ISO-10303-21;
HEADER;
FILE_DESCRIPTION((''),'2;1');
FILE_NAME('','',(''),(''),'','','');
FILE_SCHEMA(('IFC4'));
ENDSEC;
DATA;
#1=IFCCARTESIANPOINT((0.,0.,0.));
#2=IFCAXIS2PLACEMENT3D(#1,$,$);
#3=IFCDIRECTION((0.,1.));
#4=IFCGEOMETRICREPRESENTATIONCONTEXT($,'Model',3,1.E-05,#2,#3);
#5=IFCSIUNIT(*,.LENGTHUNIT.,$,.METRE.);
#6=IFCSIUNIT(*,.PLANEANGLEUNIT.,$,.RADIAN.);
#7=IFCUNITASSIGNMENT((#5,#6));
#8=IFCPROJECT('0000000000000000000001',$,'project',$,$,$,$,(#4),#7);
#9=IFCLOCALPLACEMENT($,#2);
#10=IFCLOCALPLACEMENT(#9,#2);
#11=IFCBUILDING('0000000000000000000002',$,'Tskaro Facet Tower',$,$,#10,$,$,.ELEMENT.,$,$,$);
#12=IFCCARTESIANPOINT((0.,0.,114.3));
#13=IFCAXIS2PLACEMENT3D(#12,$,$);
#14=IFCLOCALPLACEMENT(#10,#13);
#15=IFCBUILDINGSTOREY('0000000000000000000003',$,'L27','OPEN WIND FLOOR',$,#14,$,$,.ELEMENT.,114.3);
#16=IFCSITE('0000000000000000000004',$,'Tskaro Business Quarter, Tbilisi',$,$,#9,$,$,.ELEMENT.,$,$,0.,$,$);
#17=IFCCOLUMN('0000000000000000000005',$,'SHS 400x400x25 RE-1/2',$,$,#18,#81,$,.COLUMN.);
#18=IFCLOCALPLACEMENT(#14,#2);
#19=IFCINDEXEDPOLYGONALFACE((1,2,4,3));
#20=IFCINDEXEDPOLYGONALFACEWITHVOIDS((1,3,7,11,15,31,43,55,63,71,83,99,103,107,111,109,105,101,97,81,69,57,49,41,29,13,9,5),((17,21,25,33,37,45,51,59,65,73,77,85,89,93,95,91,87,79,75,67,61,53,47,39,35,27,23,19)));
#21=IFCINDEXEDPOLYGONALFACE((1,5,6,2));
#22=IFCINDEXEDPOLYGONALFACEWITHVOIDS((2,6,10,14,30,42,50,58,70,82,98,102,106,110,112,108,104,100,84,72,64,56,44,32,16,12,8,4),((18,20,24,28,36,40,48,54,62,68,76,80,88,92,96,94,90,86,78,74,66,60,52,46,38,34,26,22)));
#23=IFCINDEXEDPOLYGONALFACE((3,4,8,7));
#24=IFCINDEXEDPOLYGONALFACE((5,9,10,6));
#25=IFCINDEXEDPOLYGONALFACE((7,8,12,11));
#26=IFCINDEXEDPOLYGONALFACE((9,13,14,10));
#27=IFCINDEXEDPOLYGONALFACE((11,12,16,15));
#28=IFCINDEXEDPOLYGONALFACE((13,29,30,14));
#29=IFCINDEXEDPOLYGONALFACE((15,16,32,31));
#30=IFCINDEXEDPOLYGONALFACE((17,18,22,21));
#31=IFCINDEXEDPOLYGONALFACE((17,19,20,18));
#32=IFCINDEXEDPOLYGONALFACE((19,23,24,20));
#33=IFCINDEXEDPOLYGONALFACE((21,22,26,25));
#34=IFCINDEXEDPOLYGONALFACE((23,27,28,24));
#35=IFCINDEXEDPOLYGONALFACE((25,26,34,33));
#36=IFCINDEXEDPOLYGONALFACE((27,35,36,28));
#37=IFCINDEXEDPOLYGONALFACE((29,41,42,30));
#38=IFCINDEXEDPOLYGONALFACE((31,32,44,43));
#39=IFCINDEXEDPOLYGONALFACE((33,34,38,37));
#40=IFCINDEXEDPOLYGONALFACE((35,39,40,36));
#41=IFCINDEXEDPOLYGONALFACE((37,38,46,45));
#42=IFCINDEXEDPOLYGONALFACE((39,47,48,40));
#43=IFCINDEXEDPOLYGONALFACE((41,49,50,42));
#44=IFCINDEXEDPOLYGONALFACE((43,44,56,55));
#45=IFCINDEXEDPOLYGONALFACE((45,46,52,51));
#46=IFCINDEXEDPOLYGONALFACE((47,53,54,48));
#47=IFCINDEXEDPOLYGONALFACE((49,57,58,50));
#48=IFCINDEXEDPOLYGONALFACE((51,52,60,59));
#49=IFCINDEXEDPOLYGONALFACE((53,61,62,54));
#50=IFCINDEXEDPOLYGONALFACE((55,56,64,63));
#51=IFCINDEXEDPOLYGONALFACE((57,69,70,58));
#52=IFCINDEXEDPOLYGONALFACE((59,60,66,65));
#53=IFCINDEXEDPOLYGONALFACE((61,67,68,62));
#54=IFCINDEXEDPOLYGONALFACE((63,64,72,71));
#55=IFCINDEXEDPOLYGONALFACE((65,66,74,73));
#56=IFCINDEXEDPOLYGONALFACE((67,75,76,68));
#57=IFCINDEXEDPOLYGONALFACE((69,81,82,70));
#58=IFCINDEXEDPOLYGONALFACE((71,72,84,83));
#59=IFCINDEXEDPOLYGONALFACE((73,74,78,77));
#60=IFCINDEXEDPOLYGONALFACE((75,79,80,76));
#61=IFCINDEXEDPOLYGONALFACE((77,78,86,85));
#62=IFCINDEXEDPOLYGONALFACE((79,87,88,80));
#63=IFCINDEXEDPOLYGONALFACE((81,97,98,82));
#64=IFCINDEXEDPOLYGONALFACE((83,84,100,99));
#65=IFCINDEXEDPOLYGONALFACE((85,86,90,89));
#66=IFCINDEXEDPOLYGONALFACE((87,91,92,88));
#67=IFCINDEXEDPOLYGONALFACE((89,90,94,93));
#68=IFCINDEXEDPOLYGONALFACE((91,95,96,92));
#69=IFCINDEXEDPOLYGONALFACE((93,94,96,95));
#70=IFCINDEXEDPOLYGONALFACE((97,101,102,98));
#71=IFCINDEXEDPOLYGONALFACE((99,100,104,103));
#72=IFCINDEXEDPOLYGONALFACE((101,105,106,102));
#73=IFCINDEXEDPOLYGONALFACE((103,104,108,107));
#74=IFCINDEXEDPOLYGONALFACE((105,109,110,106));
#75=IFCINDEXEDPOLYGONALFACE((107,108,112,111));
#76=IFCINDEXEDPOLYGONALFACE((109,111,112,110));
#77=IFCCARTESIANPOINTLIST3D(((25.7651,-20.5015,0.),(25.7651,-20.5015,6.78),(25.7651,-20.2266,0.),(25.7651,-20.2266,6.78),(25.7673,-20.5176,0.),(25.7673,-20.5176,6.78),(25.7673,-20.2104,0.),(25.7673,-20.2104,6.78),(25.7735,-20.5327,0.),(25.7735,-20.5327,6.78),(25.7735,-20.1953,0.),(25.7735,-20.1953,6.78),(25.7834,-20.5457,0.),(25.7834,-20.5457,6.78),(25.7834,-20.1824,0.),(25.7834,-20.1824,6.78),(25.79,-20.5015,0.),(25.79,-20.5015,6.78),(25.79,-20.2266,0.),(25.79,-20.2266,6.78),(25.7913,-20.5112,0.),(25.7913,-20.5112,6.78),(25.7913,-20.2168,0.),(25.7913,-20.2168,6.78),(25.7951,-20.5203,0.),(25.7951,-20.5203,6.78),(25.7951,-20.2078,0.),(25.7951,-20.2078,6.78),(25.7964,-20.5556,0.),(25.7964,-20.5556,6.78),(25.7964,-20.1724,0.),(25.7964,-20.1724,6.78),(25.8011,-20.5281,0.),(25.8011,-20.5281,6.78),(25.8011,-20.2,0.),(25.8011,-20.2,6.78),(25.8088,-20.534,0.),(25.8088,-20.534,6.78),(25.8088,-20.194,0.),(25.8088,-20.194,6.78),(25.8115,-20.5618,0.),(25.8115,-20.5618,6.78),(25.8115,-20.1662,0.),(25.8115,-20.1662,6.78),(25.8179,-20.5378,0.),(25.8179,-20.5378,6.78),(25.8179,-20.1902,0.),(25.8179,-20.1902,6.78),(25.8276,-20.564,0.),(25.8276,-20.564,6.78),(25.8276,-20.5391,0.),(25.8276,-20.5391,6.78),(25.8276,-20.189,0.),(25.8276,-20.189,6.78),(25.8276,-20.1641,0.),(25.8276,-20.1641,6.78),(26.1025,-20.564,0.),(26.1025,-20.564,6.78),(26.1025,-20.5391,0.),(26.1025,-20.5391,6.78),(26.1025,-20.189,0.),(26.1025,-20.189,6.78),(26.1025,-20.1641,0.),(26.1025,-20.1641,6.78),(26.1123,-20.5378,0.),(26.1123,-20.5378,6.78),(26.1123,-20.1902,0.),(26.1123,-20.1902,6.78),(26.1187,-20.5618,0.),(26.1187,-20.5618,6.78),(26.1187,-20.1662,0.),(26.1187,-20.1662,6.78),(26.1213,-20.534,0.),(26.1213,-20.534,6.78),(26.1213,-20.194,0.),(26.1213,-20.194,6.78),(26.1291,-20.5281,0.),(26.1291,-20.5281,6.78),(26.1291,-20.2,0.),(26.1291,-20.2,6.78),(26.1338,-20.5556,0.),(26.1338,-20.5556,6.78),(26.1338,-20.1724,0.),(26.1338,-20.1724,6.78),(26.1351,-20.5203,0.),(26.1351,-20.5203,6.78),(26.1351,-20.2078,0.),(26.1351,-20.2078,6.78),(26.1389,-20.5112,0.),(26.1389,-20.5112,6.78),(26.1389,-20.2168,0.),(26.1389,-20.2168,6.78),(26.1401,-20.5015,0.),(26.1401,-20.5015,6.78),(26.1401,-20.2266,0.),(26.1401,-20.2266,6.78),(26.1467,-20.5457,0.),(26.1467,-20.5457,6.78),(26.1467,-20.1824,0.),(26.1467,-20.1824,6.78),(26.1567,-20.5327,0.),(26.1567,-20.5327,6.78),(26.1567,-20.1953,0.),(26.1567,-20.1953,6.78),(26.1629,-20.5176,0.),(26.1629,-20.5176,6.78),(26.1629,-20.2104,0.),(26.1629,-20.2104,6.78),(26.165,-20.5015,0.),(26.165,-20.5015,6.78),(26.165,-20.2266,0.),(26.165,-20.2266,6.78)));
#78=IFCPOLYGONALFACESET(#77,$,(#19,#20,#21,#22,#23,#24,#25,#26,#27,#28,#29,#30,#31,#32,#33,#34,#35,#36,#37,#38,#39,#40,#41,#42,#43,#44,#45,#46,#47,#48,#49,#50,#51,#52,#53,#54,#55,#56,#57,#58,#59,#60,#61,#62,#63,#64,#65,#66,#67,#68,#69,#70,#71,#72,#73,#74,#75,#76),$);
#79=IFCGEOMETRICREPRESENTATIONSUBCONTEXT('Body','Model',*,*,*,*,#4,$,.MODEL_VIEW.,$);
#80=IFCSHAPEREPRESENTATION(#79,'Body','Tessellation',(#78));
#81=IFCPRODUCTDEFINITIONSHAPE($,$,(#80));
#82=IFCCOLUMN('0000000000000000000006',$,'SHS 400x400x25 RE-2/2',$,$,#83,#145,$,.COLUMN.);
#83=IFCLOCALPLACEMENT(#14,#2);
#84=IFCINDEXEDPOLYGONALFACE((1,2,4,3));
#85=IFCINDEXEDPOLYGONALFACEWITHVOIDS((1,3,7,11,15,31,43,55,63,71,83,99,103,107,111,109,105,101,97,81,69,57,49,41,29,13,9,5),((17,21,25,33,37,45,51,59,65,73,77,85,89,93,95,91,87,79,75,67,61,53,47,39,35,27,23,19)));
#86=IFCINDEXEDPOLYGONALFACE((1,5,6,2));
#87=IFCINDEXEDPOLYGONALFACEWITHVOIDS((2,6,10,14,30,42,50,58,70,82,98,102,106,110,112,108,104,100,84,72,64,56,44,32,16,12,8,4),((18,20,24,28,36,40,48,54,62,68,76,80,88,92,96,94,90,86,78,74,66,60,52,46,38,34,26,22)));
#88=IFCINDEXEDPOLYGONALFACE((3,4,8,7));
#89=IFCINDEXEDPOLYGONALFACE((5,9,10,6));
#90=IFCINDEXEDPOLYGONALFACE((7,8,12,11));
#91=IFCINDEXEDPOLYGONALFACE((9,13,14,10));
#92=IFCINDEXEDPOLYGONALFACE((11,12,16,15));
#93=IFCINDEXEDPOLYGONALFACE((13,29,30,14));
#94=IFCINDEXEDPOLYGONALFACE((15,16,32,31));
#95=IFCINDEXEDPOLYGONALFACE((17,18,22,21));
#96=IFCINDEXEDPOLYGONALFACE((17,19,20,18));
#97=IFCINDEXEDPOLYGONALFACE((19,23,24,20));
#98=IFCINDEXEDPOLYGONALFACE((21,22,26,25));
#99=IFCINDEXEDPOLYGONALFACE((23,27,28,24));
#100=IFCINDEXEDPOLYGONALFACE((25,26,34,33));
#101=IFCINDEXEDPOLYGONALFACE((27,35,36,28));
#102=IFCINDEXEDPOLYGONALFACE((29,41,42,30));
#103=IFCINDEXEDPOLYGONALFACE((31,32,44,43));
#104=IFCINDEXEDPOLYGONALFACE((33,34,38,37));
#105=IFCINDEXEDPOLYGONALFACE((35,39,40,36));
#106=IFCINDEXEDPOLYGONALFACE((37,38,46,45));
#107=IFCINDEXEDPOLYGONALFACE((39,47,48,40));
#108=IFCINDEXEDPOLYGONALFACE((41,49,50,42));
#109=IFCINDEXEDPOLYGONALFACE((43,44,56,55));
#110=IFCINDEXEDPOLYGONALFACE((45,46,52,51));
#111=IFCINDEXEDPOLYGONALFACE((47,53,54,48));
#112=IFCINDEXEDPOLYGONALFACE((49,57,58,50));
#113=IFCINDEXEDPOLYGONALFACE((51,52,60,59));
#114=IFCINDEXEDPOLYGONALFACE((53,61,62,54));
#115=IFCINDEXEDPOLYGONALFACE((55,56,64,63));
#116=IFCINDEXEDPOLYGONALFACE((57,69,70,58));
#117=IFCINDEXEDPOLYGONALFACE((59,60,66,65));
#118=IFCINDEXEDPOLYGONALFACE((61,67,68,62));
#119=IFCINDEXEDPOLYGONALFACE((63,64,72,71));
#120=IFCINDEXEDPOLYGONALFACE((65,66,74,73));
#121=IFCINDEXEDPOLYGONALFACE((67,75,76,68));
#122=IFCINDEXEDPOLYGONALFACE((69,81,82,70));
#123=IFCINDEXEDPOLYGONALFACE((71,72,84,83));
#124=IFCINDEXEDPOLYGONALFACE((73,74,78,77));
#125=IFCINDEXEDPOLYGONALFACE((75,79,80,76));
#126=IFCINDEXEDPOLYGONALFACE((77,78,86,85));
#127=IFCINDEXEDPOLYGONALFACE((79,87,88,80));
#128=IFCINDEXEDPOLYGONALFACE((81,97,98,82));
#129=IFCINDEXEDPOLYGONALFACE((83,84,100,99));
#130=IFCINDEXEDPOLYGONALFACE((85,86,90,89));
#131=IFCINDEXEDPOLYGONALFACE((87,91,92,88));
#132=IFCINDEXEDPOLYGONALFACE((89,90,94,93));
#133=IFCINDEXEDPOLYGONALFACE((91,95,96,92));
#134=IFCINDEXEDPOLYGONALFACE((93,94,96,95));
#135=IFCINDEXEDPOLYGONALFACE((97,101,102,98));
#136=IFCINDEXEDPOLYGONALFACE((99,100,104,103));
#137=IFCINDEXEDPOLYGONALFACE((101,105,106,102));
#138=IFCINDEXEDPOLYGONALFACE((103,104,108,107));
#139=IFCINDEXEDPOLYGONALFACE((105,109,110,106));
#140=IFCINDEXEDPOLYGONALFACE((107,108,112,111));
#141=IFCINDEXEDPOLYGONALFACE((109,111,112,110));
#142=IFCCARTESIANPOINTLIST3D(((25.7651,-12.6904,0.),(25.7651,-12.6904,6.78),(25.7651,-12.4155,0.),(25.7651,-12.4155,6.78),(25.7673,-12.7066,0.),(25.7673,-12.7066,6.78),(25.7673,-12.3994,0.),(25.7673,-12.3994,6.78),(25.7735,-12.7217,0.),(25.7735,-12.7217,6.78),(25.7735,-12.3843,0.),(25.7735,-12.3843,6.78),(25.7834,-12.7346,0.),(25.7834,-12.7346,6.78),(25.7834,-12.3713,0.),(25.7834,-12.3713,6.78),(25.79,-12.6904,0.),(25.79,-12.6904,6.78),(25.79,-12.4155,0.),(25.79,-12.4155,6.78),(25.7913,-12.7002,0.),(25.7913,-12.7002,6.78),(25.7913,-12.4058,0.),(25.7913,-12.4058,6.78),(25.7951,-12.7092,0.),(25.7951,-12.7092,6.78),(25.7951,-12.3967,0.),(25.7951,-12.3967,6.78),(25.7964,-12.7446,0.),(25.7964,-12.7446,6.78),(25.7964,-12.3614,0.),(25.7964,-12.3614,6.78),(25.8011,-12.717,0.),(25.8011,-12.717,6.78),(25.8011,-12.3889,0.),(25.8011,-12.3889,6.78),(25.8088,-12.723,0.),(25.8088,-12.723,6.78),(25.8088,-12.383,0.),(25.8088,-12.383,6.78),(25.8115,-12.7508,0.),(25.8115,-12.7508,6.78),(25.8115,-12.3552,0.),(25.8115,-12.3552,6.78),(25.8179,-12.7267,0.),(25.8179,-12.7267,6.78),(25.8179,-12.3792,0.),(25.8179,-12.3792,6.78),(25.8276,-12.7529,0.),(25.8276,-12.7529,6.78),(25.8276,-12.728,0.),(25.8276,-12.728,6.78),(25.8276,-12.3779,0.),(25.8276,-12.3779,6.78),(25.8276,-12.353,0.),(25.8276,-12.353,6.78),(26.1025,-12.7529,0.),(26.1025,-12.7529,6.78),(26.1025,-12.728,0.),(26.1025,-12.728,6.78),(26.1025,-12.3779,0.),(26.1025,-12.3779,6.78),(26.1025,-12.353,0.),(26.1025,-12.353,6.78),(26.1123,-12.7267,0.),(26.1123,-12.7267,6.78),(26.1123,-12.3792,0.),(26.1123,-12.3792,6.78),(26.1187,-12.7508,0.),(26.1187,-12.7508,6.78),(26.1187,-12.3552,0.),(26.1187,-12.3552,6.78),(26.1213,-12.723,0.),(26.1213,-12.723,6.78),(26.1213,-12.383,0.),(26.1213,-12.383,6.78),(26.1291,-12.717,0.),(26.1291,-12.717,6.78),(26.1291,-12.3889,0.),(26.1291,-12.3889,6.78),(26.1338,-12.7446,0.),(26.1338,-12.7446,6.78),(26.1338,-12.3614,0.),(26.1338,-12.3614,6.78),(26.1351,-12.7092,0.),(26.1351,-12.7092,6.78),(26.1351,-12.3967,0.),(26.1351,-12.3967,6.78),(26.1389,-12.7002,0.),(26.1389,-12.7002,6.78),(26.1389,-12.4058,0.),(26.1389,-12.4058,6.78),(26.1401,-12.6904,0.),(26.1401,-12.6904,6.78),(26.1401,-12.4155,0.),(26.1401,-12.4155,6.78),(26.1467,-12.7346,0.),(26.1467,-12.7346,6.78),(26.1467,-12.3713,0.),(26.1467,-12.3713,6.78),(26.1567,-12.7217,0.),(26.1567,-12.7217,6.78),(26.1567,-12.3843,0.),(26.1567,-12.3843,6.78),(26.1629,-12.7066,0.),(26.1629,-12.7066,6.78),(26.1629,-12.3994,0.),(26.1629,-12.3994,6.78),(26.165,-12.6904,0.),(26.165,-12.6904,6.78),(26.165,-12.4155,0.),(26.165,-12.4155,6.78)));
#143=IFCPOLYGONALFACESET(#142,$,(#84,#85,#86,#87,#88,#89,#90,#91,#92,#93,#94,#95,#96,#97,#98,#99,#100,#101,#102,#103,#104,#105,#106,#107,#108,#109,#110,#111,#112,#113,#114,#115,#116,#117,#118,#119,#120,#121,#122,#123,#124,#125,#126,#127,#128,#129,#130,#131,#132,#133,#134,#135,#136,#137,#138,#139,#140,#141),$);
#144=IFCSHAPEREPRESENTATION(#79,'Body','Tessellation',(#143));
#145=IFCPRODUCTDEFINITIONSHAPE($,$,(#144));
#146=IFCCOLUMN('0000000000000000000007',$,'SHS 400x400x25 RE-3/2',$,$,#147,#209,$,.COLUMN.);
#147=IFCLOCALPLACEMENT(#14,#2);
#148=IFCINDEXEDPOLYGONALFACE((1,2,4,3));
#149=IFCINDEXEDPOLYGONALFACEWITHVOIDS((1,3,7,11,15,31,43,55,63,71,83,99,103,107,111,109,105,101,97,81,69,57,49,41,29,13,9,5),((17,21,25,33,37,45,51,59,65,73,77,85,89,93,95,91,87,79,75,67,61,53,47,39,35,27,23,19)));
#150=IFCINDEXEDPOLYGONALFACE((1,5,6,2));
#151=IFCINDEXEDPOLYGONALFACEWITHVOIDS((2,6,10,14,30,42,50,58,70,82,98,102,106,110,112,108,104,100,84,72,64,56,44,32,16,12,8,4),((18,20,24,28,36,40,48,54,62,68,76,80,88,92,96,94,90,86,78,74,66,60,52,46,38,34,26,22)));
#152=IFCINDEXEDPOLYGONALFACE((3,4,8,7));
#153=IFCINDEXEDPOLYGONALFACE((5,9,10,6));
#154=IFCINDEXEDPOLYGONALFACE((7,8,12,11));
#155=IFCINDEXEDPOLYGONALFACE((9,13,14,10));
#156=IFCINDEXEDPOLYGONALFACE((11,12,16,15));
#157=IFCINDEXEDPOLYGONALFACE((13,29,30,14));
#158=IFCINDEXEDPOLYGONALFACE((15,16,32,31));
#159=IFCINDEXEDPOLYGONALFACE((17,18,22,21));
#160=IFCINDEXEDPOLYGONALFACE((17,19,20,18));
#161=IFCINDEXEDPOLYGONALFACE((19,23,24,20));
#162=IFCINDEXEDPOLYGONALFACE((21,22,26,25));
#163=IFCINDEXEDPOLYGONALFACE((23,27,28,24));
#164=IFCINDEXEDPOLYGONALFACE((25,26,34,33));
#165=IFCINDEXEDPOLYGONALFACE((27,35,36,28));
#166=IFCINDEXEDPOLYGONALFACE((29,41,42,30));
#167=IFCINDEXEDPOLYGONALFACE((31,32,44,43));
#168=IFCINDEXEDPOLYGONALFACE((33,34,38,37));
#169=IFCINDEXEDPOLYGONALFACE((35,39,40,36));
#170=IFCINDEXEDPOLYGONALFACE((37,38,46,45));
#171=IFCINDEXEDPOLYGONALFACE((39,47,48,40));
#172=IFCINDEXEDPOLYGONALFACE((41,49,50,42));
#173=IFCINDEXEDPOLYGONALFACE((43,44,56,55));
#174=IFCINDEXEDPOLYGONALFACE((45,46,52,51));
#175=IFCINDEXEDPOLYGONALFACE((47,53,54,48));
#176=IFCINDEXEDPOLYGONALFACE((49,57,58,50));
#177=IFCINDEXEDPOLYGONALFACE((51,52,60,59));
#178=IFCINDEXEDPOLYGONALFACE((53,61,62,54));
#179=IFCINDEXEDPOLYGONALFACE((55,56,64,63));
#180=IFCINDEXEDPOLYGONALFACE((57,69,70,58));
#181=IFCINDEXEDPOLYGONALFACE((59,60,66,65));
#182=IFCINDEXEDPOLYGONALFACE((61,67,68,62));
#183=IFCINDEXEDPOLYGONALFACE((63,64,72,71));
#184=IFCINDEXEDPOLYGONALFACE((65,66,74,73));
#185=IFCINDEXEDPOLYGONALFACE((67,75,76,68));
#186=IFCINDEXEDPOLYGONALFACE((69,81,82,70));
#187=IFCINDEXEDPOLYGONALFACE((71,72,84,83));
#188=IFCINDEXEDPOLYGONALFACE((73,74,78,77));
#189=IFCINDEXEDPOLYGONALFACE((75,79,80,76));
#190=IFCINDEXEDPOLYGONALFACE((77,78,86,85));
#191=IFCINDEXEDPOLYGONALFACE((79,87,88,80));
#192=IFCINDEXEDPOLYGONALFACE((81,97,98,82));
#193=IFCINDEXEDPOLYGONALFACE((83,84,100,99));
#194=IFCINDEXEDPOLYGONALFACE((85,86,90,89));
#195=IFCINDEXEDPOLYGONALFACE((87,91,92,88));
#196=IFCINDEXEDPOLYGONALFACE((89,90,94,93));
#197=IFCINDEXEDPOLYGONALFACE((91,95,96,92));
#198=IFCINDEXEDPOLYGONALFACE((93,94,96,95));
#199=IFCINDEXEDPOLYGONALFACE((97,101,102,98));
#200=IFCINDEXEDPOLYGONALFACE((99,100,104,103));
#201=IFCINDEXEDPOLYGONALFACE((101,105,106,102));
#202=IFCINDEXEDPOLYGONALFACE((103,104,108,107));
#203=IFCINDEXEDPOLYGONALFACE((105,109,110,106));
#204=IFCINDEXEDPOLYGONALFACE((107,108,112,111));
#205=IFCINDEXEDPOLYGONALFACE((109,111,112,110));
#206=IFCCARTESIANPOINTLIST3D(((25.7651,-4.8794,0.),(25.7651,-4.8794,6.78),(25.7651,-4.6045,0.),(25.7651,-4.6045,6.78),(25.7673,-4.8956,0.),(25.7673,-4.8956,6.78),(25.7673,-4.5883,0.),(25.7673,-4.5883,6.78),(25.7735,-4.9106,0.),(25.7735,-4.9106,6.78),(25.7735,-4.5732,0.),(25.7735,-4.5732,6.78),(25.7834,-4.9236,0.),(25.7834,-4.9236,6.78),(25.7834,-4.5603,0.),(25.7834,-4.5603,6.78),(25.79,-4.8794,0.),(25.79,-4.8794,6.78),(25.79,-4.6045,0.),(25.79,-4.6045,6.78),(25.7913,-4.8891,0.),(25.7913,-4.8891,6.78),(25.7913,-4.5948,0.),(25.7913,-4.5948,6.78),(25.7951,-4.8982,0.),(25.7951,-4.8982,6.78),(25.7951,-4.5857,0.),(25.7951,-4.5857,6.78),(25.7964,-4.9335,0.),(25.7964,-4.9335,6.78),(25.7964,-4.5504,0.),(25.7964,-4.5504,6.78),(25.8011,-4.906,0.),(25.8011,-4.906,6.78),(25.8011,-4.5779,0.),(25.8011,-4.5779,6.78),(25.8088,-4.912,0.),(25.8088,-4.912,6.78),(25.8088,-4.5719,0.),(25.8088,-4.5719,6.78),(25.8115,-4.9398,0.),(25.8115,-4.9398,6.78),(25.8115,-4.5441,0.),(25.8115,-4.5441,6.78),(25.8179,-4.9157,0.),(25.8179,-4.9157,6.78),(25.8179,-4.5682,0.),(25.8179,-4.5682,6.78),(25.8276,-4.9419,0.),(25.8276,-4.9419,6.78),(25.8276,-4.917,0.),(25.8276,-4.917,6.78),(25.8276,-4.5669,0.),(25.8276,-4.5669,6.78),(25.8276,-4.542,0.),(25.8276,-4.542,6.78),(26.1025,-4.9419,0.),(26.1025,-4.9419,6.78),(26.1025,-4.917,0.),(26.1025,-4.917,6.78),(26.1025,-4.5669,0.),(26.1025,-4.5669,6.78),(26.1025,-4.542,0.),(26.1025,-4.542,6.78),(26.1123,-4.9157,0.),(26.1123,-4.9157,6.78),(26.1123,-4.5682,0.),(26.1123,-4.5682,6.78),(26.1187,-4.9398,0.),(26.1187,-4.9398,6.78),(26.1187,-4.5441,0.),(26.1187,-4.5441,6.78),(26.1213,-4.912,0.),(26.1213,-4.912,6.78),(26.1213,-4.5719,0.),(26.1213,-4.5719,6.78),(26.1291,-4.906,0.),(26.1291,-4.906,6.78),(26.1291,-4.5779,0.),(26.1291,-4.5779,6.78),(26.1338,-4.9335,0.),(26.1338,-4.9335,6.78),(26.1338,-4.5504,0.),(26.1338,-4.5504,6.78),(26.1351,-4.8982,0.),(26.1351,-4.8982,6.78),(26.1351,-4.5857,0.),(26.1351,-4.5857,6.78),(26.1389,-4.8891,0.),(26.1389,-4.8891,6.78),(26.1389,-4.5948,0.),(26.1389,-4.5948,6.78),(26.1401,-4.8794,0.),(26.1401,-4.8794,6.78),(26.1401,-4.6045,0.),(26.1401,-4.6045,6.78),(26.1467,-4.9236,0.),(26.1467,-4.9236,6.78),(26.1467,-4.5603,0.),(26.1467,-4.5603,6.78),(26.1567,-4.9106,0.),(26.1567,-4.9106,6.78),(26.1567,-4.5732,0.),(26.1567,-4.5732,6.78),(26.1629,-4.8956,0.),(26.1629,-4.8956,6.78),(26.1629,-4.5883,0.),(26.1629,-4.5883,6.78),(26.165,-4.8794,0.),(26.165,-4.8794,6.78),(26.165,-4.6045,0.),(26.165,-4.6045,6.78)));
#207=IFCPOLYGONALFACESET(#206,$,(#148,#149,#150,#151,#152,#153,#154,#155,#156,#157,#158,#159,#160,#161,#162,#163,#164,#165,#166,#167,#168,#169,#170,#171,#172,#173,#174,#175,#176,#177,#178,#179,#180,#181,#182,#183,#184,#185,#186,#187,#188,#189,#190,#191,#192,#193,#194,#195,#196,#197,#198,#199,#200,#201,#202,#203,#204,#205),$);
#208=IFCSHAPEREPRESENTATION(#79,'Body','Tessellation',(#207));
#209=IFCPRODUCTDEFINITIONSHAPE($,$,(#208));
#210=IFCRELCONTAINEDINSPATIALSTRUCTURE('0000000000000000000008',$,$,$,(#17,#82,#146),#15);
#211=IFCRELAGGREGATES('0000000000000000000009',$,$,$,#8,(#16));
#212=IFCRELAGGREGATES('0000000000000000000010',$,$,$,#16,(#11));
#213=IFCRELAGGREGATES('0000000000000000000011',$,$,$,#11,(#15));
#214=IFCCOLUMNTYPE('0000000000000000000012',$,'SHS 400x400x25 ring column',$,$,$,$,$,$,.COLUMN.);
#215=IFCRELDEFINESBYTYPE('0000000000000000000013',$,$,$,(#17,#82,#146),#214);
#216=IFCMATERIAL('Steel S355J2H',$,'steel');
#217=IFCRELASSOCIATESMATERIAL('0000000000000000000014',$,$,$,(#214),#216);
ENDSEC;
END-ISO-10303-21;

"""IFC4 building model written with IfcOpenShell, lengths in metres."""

from ifc_helpers import new_model, si_unit, direction, frame, origin, origin_2d, place, context, subcontext, project, spatial, hollow_rectangle, extrude, material, material_profile, profile_set, type_object, element, save


model = new_model("IFC4")

# Units and contexts
model_context = context("Model", 3, precision=1e-05, world=origin(), true_north=direction((0.0, 1.0)))
body_context = subcontext(model_context, "Body", "Model", "MODEL_VIEW")
ifc_project = project(units=[si_unit("LENGTHUNIT", "METRE"), si_unit("PLANEANGLEUNIT", "RADIAN")], contexts=[model_context])

# Site, building, storey
site_placement = place(None, origin())
site = spatial("IfcSite", under=ifc_project, at=site_placement, Name="Tskaro Business Quarter, Tbilisi", CompositionType="ELEMENT", RefElevation=0.0)
building_placement = place(site_placement, origin())
building = spatial("IfcBuilding", under=site, at=building_placement, Name="Tskaro Facet Tower", CompositionType="ELEMENT")
storey_placement = place(building_placement, frame((0.0, 0.0, 114.3)))
storey = spatial("IfcBuildingStorey", under=building, at=storey_placement, Name="L27", Description="OPEN WIND FLOOR", CompositionType="ELEMENT", Elevation=114.3)

# Columns
ifc_material_1 = material(Name="Steel S355J2H", Category="steel")
ifc_material_profile_1 = material_profile(ifc_material_1, hollow_rectangle(XDim=0.3999, YDim=0.3999, WallThickness=0.0249, InnerFilletRadius=0.0376, OuterFilletRadius=0.0625, at=origin_2d()), Name="SHS 400x400x25")
ifc_profile_set_1 = profile_set([ifc_material_profile_1], Name="Steel S355J2H")
column_type_1 = type_object("IfcColumnType", Name="SHS 400x400x25 ring column", PredefinedType="COLUMN", material=ifc_profile_set_1)
for number, where, z_axis, x_axis, name in (
    (1, (25.9651, -20.364, 0.0), (0.0, 0.0, 1.0), (1.0, 0.0, 0.0), "SHS 400x400x25 RE-1/2"),
    (2, (25.9651, -12.553, 0.0), (0.0, 0.0, 1.0), (1.0, 0.0, 0.0), "SHS 400x400x25 RE-2/2"),
    (3, (25.9651, -4.7419, 0.0), (0.0, 0.0, 1.0), (1.0, 0.0, 0.0), "SHS 400x400x25 RE-3/2"),
):
    element("IfcColumn", number, at=place(storey_placement, frame(where, z_axis=z_axis, x_axis=x_axis)), inside=storey, type_object=column_type_1, Name=name, PredefinedType="COLUMN", context=body_context, shape_type="SweptSolid", body=[
        extrude(hollow_rectangle(XDim=0.3999, YDim=0.3999, WallThickness=0.0249, InnerFilletRadius=0.0376, OuterFilletRadius=0.0625, at=origin_2d()), origin(), (0.0, 0.0, 1.0), 6.78),
    ])

save(model, "model.ifc")
